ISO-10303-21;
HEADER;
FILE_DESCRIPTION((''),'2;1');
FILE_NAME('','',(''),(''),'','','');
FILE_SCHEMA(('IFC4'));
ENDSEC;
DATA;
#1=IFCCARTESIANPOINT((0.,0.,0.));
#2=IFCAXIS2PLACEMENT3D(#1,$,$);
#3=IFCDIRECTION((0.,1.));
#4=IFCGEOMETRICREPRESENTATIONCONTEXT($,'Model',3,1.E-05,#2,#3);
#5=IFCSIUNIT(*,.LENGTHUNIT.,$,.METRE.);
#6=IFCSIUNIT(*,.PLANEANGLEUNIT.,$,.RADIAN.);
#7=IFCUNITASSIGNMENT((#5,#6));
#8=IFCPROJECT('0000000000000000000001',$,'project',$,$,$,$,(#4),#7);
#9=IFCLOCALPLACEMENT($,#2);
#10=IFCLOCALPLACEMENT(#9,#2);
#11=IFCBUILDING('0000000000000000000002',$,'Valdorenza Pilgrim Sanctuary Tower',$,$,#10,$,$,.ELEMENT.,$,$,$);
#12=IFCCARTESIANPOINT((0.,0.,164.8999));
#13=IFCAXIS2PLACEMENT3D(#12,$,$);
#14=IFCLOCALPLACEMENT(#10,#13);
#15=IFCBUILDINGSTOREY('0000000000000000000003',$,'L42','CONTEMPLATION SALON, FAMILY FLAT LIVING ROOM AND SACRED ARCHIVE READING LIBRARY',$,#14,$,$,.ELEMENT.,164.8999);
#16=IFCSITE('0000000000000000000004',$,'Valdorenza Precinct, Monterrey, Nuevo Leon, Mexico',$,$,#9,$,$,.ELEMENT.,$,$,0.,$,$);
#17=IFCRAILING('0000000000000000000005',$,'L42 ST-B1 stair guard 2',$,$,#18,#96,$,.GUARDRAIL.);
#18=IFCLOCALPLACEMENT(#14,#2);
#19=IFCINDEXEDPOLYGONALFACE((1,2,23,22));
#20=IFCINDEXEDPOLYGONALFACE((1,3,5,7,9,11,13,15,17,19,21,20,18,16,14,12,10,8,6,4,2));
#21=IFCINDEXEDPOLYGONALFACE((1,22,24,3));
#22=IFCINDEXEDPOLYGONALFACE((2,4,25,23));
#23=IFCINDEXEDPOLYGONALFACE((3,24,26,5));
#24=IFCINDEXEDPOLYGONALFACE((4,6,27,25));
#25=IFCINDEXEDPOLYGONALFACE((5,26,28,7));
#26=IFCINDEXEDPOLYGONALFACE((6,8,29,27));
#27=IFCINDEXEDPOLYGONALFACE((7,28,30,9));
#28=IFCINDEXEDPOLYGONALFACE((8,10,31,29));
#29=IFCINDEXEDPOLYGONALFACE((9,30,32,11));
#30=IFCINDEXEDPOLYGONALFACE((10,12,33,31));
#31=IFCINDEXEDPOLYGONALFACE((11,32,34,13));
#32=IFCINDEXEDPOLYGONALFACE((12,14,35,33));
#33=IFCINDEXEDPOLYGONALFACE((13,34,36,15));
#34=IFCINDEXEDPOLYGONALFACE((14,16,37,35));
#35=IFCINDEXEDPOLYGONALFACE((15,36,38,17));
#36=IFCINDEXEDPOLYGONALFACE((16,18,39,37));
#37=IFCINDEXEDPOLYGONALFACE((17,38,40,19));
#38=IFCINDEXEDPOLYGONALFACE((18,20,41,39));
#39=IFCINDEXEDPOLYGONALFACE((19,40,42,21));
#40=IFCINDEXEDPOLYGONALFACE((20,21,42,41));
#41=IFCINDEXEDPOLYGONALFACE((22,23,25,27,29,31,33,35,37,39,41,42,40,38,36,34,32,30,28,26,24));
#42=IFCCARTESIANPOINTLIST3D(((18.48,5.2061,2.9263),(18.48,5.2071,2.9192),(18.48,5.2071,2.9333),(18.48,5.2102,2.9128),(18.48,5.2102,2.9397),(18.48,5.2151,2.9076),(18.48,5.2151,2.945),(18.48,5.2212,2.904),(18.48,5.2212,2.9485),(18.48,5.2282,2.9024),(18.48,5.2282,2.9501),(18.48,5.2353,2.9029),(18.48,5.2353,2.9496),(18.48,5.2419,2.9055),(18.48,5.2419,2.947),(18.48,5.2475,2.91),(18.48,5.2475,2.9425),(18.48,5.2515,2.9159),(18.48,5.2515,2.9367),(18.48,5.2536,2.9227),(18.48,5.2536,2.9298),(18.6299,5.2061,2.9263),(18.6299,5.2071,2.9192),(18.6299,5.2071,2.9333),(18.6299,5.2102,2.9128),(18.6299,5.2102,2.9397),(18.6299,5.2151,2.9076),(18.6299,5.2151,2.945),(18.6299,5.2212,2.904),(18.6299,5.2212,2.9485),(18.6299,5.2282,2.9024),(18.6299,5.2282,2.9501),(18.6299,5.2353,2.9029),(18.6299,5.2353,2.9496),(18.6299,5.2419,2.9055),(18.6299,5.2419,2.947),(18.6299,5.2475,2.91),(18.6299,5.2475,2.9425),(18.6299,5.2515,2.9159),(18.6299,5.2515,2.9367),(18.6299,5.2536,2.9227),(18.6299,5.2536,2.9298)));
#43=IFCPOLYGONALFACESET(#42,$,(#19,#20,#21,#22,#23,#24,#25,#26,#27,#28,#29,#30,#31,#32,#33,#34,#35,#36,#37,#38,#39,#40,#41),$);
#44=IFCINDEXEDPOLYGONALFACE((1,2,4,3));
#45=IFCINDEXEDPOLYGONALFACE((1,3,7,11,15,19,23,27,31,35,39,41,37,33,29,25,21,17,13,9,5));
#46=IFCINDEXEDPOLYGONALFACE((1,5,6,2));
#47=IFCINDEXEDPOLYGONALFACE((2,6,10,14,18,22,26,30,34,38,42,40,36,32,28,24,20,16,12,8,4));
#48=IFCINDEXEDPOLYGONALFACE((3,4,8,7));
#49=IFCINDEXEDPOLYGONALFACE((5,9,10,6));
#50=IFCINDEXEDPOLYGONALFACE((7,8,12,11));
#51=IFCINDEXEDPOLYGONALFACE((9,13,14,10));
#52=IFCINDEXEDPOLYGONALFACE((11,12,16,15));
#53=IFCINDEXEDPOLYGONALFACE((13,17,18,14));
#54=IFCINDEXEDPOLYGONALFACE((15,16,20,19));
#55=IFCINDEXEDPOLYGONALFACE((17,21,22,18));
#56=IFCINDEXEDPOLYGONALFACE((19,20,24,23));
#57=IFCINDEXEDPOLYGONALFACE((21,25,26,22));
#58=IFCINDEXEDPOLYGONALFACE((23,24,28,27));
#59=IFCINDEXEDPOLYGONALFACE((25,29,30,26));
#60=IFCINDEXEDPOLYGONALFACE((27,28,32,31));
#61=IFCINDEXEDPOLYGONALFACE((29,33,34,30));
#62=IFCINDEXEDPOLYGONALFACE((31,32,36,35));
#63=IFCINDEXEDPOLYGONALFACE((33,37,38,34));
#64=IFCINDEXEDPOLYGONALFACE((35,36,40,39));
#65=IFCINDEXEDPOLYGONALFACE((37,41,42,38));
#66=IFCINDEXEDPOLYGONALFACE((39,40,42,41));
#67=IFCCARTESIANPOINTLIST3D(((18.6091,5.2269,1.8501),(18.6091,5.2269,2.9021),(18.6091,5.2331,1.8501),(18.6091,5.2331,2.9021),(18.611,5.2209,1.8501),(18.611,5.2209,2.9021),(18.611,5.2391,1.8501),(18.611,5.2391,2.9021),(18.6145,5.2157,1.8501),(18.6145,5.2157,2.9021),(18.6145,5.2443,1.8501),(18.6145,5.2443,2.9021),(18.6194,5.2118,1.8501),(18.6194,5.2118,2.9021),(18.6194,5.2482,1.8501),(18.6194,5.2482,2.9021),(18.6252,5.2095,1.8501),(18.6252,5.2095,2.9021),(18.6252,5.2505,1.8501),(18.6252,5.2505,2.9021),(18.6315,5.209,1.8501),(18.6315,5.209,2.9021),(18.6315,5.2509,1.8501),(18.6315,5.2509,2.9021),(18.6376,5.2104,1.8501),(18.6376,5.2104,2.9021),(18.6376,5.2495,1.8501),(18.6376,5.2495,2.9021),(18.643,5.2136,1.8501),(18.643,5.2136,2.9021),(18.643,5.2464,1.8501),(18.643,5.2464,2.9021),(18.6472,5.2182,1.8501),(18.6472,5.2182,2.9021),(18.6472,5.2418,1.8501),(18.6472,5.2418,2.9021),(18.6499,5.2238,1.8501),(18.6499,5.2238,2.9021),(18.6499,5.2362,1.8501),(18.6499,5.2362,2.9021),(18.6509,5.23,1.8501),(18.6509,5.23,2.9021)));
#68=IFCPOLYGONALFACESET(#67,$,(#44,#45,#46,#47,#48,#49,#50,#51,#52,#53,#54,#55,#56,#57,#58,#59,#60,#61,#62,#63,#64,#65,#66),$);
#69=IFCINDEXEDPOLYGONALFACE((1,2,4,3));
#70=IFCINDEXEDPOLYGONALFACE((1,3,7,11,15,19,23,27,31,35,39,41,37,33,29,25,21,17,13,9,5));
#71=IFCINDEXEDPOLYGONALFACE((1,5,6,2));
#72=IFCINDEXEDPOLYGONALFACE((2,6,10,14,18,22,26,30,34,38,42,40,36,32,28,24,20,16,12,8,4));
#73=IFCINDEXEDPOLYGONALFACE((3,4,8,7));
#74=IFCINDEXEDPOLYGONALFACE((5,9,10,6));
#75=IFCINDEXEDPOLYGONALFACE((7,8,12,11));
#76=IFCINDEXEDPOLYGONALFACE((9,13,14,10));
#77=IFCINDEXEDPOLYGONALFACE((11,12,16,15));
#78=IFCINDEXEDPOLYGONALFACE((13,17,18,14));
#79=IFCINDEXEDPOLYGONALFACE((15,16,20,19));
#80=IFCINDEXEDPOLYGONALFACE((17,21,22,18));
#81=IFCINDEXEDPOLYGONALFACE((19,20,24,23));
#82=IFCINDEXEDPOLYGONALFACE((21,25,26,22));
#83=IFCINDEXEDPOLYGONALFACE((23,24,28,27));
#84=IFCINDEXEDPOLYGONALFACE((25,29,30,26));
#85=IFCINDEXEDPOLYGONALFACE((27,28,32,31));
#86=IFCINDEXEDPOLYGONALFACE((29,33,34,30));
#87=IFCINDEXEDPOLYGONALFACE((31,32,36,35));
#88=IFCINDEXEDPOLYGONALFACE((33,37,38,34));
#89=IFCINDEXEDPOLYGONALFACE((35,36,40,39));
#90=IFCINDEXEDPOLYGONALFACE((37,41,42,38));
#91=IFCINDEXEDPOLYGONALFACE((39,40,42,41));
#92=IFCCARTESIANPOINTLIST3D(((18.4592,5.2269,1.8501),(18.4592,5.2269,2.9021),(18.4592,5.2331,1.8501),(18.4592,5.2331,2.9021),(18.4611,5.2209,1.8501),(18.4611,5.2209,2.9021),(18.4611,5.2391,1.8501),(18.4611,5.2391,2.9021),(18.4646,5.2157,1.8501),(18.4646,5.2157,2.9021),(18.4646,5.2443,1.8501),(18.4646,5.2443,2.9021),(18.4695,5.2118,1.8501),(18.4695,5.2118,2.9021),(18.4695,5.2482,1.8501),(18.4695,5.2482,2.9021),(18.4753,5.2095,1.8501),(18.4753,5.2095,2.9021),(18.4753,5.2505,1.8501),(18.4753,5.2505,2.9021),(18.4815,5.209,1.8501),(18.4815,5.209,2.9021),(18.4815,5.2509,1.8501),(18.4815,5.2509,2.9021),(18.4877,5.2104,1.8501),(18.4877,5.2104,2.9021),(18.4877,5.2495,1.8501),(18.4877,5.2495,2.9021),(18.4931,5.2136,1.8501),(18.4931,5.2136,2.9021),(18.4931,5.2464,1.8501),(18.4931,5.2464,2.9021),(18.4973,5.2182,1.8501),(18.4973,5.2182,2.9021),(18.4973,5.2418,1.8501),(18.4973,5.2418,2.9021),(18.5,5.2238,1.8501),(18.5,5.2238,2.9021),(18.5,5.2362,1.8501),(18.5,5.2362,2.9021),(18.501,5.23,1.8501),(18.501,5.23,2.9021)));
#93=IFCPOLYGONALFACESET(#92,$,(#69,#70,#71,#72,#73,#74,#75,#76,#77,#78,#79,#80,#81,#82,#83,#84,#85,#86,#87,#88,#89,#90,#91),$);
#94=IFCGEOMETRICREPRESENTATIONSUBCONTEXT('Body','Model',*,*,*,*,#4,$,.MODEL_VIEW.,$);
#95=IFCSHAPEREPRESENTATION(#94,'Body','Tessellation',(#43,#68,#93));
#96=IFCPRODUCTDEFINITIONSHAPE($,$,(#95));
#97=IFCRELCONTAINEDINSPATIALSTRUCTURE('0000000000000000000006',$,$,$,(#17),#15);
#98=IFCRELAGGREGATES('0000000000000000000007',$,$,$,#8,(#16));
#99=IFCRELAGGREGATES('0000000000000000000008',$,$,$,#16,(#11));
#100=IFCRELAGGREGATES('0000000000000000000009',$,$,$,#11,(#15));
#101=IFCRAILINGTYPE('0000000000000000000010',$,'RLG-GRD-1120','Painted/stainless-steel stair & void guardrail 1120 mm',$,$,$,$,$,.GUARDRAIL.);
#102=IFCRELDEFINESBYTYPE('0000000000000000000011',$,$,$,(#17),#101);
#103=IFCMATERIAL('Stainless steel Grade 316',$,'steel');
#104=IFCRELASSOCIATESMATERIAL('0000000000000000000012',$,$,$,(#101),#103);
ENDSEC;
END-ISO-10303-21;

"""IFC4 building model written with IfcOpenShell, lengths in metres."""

from ifc_helpers import new_model, si_unit, direction, frame, origin, origin_2d, place, context, subcontext, project, spatial, circle, extrude, material, type_object, element, save


model = new_model("IFC4")

# Units and contexts
model_context = context("Model", 3, precision=1e-05, world=origin(), true_north=direction((0.0, 1.0)))
body_context = subcontext(model_context, "Body", "Model", "MODEL_VIEW")
ifc_project = project(units=[si_unit("LENGTHUNIT", "METRE"), si_unit("PLANEANGLEUNIT", "RADIAN")], contexts=[model_context])

# Site, building, storey
site_placement = place(None, origin())
site = spatial("IfcSite", under=ifc_project, at=site_placement, Name="Valdorenza Precinct, Monterrey, Nuevo Leon, Mexico", CompositionType="ELEMENT", RefElevation=0.0)
building_placement = place(site_placement, origin())
building = spatial("IfcBuilding", under=site, at=building_placement, Name="Valdorenza Pilgrim Sanctuary Tower", CompositionType="ELEMENT")
storey_placement = place(building_placement, frame((0.0, 0.0, 164.8999)))
storey = spatial("IfcBuildingStorey", under=building, at=storey_placement, Name="L42", Description="CONTEMPLATION SALON, FAMILY FLAT LIVING ROOM AND SACRED ARCHIVE READING LIBRARY", CompositionType="ELEMENT", Elevation=164.8999)

# Railing
ifc_material_1 = material(Name="Stainless steel Grade 316", Category="steel")
railing_type_1 = type_object("IfcRailingType", Name="RLG-GRD-1120", Description="Painted/stainless-steel stair & void guardrail 1120 mm", PredefinedType="GUARDRAIL", material=ifc_material_1)
railing_1_placement = place(storey_placement, frame((18.6299, 5.23, 1.8501)))
element("IfcRailing", 1, at=railing_1_placement, inside=storey, type_object=railing_type_1, Name="L42 ST-B1 stair guard 2", PredefinedType="GUARDRAIL", context=body_context, shape_type="SweptSolid", body=[
    extrude(circle(Radius=0.0239, at=origin_2d()), frame((0.0, 0.0, 1.0762), z_axis=(-1.0, 0.0, 0.0), x_axis=(0.0, -1.0, 0.0)), (0.0, 0.0, 1.0), 0.1499),
    extrude(circle(Radius=0.021, at=origin_2d()), origin(), (0.0, 0.0, 1.0), 1.052),
    extrude(circle(Radius=0.021, at=origin_2d()), frame((-0.1499, 0.0, 0.0)), (0.0, 0.0, 1.0), 1.052),
])

save(model, "model.ifc")
